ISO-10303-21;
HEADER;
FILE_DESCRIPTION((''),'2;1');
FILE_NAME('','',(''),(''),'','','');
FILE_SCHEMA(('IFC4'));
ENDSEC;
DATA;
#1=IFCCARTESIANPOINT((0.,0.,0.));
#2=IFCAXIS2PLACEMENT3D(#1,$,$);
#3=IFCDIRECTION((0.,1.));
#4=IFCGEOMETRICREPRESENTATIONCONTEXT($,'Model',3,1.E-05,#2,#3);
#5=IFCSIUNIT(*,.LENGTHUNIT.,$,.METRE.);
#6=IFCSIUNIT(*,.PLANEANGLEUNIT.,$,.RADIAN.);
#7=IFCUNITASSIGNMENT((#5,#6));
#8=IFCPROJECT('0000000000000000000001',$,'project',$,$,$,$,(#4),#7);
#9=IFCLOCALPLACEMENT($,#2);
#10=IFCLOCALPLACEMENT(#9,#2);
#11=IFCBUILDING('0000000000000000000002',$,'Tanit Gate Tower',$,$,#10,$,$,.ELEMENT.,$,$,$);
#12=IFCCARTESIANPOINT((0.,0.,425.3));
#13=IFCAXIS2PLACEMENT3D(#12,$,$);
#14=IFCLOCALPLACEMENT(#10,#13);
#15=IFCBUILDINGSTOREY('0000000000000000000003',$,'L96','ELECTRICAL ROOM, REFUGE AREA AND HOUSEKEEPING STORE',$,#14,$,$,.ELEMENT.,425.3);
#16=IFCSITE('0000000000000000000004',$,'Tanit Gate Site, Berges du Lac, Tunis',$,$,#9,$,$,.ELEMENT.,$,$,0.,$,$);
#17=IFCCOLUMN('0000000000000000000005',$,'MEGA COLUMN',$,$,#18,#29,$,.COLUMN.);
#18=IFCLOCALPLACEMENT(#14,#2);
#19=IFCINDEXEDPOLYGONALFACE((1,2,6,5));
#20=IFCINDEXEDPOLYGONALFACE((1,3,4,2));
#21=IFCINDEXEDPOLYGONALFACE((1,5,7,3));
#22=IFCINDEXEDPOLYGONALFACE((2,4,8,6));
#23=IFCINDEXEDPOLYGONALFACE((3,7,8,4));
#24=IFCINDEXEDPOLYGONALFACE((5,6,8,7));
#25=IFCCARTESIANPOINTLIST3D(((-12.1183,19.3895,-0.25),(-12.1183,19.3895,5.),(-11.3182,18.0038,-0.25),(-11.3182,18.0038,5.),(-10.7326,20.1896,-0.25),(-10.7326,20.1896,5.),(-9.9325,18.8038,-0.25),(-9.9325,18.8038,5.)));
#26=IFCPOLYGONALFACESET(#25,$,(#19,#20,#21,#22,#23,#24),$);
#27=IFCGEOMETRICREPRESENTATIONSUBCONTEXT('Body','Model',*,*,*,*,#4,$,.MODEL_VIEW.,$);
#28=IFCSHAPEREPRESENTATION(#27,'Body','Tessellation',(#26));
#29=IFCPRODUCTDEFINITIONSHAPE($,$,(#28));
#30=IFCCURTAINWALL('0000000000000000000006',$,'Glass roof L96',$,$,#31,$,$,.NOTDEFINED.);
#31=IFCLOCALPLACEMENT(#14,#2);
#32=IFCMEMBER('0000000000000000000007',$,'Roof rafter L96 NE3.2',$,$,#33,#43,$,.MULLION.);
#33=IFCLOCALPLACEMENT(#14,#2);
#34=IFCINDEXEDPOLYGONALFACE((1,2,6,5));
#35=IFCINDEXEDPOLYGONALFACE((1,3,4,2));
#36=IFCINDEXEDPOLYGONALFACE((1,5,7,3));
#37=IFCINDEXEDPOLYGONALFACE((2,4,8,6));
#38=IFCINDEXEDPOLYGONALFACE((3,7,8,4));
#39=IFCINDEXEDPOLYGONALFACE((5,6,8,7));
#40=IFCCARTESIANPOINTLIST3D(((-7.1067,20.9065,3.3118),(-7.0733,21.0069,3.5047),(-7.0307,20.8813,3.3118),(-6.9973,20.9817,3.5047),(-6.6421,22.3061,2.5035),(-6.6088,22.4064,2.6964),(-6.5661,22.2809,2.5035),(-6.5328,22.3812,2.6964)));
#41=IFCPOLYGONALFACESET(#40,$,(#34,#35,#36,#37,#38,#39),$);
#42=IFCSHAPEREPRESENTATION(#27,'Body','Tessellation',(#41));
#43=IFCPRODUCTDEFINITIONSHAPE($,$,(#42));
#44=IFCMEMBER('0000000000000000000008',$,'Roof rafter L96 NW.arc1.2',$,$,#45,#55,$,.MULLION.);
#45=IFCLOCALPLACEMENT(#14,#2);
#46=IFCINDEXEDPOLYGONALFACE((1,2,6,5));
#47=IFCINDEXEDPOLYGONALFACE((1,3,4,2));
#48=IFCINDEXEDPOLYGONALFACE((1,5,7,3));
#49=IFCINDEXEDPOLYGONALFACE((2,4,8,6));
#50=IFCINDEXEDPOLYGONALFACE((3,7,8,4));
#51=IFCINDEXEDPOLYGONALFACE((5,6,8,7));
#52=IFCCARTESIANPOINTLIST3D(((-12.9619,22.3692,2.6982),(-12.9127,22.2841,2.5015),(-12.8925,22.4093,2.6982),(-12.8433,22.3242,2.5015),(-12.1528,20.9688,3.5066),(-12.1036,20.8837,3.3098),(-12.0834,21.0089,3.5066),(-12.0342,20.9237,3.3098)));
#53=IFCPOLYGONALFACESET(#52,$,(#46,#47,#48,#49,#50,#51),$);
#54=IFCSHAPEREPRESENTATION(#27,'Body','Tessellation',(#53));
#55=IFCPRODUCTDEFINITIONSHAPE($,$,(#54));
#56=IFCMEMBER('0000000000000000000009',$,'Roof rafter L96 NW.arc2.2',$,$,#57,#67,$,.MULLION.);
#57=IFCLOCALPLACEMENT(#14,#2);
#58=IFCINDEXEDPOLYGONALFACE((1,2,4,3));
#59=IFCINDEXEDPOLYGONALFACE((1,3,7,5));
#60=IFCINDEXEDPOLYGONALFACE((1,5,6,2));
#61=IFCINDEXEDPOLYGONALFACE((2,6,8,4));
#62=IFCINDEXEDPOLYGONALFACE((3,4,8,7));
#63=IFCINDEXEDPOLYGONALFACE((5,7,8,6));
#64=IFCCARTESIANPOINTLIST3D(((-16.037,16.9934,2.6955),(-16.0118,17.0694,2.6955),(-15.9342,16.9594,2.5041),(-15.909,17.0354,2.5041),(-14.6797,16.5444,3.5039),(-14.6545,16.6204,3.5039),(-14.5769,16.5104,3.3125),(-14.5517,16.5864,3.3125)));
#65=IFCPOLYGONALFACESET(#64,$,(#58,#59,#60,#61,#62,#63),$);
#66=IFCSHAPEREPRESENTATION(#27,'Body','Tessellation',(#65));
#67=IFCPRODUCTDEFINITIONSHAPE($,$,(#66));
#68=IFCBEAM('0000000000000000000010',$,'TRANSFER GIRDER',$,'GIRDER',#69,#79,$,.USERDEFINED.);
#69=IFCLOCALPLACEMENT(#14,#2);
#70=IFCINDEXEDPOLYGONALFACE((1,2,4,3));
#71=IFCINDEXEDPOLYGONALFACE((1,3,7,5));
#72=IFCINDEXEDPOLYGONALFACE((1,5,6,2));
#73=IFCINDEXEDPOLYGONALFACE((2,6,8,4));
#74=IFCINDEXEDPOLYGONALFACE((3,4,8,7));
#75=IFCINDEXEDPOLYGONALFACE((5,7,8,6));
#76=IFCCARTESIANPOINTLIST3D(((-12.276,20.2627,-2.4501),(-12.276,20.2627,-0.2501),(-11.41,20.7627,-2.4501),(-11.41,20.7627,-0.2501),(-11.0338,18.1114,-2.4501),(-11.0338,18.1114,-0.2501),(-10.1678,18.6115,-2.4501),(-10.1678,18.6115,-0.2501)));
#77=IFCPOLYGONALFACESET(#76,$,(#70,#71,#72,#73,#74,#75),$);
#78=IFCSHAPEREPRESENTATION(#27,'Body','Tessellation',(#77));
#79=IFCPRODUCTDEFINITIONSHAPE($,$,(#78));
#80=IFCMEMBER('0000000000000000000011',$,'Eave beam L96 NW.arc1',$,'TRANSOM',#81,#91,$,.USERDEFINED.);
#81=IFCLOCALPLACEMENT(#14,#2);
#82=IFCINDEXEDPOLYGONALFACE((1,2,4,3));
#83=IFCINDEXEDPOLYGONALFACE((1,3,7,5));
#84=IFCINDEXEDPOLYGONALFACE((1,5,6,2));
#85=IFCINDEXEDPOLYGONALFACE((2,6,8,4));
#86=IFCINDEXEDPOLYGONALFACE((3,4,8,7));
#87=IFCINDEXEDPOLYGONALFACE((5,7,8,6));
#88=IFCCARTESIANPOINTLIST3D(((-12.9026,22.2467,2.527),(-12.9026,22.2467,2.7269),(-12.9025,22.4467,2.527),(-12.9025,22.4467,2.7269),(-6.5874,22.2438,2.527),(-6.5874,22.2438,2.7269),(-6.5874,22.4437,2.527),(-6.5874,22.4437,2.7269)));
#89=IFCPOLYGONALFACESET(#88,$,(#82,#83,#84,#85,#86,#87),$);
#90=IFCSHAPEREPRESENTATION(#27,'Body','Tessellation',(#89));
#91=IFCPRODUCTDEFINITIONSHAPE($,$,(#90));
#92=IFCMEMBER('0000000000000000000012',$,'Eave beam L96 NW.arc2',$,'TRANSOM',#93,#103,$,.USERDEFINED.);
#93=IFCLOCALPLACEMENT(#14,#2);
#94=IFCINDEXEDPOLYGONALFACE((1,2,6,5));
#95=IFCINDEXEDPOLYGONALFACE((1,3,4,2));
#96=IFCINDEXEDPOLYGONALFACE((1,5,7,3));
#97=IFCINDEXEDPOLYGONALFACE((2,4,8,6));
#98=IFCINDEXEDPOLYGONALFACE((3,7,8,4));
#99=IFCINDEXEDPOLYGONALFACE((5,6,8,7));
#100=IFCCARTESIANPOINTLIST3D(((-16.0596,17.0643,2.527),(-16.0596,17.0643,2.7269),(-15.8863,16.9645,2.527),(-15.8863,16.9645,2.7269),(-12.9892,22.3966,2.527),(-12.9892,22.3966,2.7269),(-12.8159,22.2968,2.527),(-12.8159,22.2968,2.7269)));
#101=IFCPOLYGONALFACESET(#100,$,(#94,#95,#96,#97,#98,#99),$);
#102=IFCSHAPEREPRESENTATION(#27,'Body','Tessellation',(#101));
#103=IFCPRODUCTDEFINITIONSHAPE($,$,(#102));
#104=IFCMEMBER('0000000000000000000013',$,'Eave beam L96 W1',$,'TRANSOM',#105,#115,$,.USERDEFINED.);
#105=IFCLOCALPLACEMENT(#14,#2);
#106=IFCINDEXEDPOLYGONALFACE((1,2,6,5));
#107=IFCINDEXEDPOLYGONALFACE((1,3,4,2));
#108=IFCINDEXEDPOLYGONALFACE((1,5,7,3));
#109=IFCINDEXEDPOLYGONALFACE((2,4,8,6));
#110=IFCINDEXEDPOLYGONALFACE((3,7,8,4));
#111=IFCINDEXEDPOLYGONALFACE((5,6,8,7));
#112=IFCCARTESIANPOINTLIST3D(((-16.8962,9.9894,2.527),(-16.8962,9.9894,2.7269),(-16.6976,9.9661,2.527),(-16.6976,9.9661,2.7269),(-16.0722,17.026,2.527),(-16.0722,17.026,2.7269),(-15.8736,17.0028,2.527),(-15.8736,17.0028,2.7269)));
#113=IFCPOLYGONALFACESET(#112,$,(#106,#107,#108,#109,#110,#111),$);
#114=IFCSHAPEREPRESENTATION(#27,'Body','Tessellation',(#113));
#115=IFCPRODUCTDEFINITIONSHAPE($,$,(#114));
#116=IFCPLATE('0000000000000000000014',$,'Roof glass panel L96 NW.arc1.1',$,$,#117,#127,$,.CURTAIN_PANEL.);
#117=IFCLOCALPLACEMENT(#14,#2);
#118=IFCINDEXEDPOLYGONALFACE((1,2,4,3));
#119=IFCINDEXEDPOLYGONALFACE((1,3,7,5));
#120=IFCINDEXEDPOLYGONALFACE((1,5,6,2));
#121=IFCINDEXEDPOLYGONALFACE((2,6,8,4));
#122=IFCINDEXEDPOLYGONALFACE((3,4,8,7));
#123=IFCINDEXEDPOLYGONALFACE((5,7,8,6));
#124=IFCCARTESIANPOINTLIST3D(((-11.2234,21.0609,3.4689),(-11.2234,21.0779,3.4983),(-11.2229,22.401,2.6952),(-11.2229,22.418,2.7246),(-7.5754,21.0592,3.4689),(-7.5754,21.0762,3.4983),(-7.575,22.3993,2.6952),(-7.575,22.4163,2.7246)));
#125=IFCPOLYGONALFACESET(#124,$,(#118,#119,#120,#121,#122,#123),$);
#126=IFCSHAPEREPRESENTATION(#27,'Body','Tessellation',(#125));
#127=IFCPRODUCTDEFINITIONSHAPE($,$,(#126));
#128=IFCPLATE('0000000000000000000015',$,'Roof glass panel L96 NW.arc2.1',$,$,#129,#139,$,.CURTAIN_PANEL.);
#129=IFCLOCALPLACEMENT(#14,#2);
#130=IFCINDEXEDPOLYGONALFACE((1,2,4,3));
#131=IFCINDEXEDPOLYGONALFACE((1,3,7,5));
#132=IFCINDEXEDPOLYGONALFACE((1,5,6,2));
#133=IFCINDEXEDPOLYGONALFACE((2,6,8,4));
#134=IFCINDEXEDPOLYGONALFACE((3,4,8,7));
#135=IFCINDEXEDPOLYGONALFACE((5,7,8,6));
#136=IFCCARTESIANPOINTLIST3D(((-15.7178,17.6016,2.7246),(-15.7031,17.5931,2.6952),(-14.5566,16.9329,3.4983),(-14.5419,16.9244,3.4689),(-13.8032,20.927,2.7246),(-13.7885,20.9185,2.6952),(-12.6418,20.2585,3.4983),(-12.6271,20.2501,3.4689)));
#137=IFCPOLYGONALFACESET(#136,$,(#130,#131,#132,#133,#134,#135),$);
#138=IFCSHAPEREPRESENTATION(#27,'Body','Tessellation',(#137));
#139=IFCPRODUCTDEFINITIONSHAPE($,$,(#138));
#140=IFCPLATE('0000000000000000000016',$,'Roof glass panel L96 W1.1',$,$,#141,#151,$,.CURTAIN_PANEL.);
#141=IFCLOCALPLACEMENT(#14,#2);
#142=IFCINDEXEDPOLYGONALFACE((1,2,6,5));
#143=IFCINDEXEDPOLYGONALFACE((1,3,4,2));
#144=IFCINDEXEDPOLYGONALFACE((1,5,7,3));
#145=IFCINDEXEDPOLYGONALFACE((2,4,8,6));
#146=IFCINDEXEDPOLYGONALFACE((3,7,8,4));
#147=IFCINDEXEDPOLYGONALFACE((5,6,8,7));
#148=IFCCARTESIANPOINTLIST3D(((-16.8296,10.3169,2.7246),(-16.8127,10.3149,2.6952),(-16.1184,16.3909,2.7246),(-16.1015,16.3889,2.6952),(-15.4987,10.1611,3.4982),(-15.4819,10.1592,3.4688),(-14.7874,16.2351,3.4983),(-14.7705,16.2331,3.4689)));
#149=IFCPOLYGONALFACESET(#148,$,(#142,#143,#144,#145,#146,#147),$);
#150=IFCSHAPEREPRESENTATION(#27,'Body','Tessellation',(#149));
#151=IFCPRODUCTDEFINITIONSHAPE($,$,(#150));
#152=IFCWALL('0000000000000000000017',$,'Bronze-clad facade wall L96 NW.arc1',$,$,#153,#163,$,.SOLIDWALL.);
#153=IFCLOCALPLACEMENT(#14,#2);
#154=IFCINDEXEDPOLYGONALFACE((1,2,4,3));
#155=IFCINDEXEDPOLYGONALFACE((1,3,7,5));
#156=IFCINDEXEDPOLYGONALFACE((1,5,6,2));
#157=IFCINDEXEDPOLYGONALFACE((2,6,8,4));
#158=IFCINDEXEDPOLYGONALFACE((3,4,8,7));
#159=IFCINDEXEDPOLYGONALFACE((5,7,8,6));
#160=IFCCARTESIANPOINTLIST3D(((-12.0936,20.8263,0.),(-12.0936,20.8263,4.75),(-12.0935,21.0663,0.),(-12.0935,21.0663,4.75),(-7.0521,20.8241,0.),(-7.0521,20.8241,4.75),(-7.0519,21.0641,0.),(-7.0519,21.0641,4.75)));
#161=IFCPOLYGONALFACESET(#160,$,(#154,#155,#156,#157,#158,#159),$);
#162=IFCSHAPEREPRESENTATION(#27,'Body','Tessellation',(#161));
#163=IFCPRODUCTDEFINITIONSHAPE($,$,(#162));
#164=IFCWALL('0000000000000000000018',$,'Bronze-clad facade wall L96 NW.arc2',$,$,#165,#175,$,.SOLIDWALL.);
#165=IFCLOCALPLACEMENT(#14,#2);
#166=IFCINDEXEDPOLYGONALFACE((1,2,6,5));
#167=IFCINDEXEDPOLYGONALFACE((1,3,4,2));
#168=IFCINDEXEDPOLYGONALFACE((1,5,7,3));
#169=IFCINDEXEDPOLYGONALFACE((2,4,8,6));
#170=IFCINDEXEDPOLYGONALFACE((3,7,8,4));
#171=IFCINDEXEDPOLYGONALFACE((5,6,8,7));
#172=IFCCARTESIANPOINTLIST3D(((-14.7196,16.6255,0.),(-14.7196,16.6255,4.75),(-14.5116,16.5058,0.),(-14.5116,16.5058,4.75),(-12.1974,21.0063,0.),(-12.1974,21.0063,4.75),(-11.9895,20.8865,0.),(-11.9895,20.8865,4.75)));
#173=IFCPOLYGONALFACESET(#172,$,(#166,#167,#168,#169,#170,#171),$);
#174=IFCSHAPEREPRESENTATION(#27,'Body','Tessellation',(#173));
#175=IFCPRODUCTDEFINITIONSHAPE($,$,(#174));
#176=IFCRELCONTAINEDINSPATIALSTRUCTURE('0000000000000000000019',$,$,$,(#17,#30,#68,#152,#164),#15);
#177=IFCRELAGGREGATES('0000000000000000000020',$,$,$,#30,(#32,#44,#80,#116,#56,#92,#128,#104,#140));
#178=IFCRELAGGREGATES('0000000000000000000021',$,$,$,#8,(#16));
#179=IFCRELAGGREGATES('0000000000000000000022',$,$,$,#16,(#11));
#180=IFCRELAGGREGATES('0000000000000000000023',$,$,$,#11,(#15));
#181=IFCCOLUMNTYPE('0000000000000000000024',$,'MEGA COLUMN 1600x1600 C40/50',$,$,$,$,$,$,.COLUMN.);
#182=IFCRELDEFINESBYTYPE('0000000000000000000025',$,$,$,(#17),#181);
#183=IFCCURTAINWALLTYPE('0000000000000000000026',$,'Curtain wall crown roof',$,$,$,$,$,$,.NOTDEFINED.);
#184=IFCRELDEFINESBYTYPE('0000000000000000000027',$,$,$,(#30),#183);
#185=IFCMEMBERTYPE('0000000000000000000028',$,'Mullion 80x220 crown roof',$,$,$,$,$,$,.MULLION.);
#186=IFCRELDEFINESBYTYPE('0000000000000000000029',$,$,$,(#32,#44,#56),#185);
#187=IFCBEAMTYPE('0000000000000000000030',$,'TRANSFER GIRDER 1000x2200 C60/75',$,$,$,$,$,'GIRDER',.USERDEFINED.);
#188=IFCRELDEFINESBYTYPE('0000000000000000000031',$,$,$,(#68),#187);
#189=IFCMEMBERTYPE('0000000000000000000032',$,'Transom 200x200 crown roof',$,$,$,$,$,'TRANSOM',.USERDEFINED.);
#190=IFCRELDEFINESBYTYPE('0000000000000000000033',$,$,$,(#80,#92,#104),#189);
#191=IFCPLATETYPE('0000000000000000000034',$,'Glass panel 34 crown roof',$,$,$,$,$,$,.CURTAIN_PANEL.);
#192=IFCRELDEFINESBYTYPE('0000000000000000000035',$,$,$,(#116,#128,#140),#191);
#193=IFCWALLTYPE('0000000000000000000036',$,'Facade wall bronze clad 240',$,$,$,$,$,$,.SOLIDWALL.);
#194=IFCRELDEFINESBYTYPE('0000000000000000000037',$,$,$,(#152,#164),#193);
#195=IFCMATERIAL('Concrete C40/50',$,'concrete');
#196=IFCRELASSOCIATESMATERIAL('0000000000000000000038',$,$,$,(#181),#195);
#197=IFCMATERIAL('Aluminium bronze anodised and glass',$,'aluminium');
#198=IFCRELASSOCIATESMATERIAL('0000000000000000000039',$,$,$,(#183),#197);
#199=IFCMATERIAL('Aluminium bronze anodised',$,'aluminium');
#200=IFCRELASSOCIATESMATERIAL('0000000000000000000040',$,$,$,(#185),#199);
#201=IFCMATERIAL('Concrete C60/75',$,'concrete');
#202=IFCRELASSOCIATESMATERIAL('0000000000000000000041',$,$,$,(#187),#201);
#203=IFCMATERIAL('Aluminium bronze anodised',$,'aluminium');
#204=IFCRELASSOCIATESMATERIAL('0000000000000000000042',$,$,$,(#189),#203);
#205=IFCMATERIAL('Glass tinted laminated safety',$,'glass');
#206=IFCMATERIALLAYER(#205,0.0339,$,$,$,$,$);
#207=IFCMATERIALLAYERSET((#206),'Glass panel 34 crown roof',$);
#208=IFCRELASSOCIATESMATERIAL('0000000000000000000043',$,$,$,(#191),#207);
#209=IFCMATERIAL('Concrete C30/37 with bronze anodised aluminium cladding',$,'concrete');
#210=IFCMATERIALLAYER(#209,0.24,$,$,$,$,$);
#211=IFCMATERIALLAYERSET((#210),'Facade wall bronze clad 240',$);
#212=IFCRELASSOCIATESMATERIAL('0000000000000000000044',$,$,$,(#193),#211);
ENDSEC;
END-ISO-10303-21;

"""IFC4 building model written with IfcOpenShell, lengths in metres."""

from ifc_helpers import new_model, si_unit, direction, frame, frame_2d, origin, origin_2d, place, context, subcontext, project, spatial, polyline, rectangle, outline, extrude, material, layer, layer_set, material_profile, profile_set, type_object, element, aggregate, save


model = new_model("IFC4")

# Units and contexts
model_context = context("Model", 3, precision=1e-05, world=origin(), true_north=direction((0.0, 1.0)))
body_context = subcontext(model_context, "Body", "Model", "MODEL_VIEW")
ifc_project = project(units=[si_unit("LENGTHUNIT", "METRE"), si_unit("PLANEANGLEUNIT", "RADIAN")], contexts=[model_context])

# Site, building, storey
site_placement = place(None, origin())
site = spatial("IfcSite", under=ifc_project, at=site_placement, Name="Tanit Gate Site, Berges du Lac, Tunis", CompositionType="ELEMENT", RefElevation=0.0)
building_placement = place(site_placement, origin())
building = spatial("IfcBuilding", under=site, at=building_placement, Name="Tanit Gate Tower", CompositionType="ELEMENT")
storey_placement = place(building_placement, frame((0.0, 0.0, 425.3)))
storey = spatial("IfcBuildingStorey", under=building, at=storey_placement, Name="L96", Description="ELECTRICAL ROOM, REFUGE AREA AND HOUSEKEEPING STORE", CompositionType="ELEMENT", Elevation=425.3)

# Column
ifc_material_1 = material(Name="Concrete C40/50", Category="concrete")
ifc_material_profile_1 = material_profile(ifc_material_1, rectangle(XDim=1.6001, YDim=1.6001, at=origin_2d()), Name="RC 1600x1600")
ifc_profile_set_1 = profile_set([ifc_material_profile_1], Name="Concrete C40/50")
column_type = type_object("IfcColumnType", Name="MEGA COLUMN 1600x1600 C40/50", PredefinedType="COLUMN", material=ifc_profile_set_1)
column_placement = place(storey_placement, frame((-11.0254, 19.0967, -0.25), z_axis=(0.0, 0.0, 1.0), x_axis=(-0.5, 0.866025, 0.0)))
element("IfcColumn", 1, at=column_placement, inside=storey, type_object=column_type, Name="MEGA COLUMN", PredefinedType="COLUMN", context=body_context, shape_type="SweptSolid", body=[
    extrude(rectangle(XDim=1.6001, YDim=1.6001, at=origin_2d()), origin(), (0.0, 0.0, 1.0), 5.25),
])

# Curtain wall, members
ifc_material_2 = material(Name="Aluminium bronze anodised and glass", Category="aluminium")
curtain_wall_type = type_object("IfcCurtainWallType", Name="Curtain wall crown roof", PredefinedType="NOTDEFINED", material=ifc_material_2)
curtain_wall_placement = place(storey_placement, origin())
curtain_wall = element("IfcCurtainWall", 2, at=curtain_wall_placement, inside=storey, type_object=curtain_wall_type, Name="Glass roof L96", PredefinedType="NOTDEFINED")
ifc_material_3 = material(Name="Aluminium bronze anodised", Category="aluminium")
ifc_material_profile_2 = material_profile(ifc_material_3, rectangle(XDim=0.0801, YDim=0.22, at=origin_2d()), Name="80x220 bronze rafter")
ifc_profile_set_2 = profile_set([ifc_material_profile_2], Name="Aluminium bronze anodised")
member_type_1 = type_object("IfcMemberType", Name="Mullion 80x220 crown roof", PredefinedType="MULLION", material=ifc_profile_set_2)
member_1_placement = place(storey_placement, frame((-7.052, 20.9441, 3.4082), z_axis=(0.276258, 0.832257, -0.480656), x_axis=(-0.94908, 0.315036, 0.0)))
member_1 = element("IfcMember", 3, at=member_1_placement, type_object=member_type_1, Name="Roof rafter L96 NE3.2", PredefinedType="MULLION", context=body_context, shape_type="SweptSolid", body=[
    extrude(rectangle(XDim=0.0801, YDim=0.22, at=origin_2d()), origin(), (0.0, 0.0, 1.0), 1.6816),
])
member_2_placement = place(storey_placement, frame((-12.0935, 20.9463, 3.4082), z_axis=(-0.447482, 0.77452, -0.447077), x_axis=(-0.865874, -0.500263, 0.0)))
member_2 = element("IfcMember", 4, at=member_2_placement, type_object=member_type_1, Name="Roof rafter L96 NW.arc1.2", PredefinedType="MULLION", context=body_context, shape_type="SweptSolid", body=[
    extrude(rectangle(XDim=0.0801, YDim=0.22, at=origin_2d()), origin(), (0.0, 0.0, 1.0), 1.8081),
])
member_3_placement = place(storey_placement, frame((-14.6157, 16.5654, 3.4082), z_axis=(-0.826421, 0.273392, -0.492225), x_axis=(-0.314075, -0.949398, 0.0)))
member_3 = element("IfcMember", 5, at=member_3_placement, type_object=member_type_1, Name="Roof rafter L96 NW.arc2.2", PredefinedType="MULLION", context=body_context, shape_type="SweptSolid", body=[
    extrude(rectangle(XDim=0.0801, YDim=0.22, at=origin_2d()), origin(), (0.0, 0.0, 1.0), 1.6423),
])

# Beam
ifc_material_4 = material(Name="Concrete C60/75", Category="concrete")
ifc_material_profile_3 = material_profile(ifc_material_4, rectangle(XDim=1.0, YDim=2.2, at=origin_2d()), Name="RC 1000x2200")
ifc_profile_set_3 = profile_set([ifc_material_profile_3], Name="Concrete C60/75")
beam_type = type_object("IfcBeamType", Name="TRANSFER GIRDER 1000x2200 C60/75", ElementType="GIRDER", PredefinedType="USERDEFINED", material=ifc_profile_set_3)
beam_placement = place(storey_placement, frame((-11.843, 20.5127, -1.3501), z_axis=(0.500071, -0.865984, 0.0), x_axis=(0.865984, 0.500071, 0.0)))
element("IfcBeam", 6, at=beam_placement, inside=storey, type_object=beam_type, Name="TRANSFER GIRDER", ObjectType="GIRDER", PredefinedType="USERDEFINED", context=body_context, shape_type="SweptSolid", body=[
    extrude(rectangle(XDim=1.0, YDim=2.2, at=origin_2d()), origin(), (0.0, 0.0, 1.0), 2.4841),
])

# Members
ifc_material_5 = material(Name="Aluminium bronze anodised", Category="aluminium")
ifc_material_profile_4 = material_profile(ifc_material_5, rectangle(XDim=0.2, YDim=0.2, at=origin_2d()), Name="200x200 bronze transom")
ifc_profile_set_4 = profile_set([ifc_material_profile_4], Name="Aluminium bronze anodised")
member_type_2 = type_object("IfcMemberType", Name="Transom 200x200 crown roof", ElementType="TRANSOM", PredefinedType="USERDEFINED", material=ifc_profile_set_4)
member_4_placement = place(storey_placement, frame((-6.5874, 22.3438, 2.627), z_axis=(-1.0, 0.000464, 0.0), x_axis=(-0.000464, -1.0, 0.0)))
member_4 = element("IfcMember", 7, at=member_4_placement, type_object=member_type_2, Name="Eave beam L96 NW.arc1", ObjectType="TRANSOM", PredefinedType="USERDEFINED", context=body_context, shape_type="SweptSolid", body=[
    extrude(rectangle(XDim=0.2, YDim=0.2, at=origin_2d()), origin(), (0.0, 0.0, 1.0), 6.3152),
])
member_5_placement = place(storey_placement, frame((-12.9026, 22.3467, 2.627), z_axis=(-0.498991, -0.866607, 0.0), x_axis=(0.866607, -0.498991, 0.0)))
member_5 = element("IfcMember", 8, at=member_5_placement, type_object=member_type_2, Name="Eave beam L96 NW.arc2", ObjectType="TRANSOM", PredefinedType="USERDEFINED", context=body_context, shape_type="SweptSolid", body=[
    extrude(rectangle(XDim=0.2, YDim=0.2, at=origin_2d()), origin(), (0.0, 0.0, 1.0), 6.1531),
])
member_6_placement = place(storey_placement, frame((-15.9729, 17.0144, 2.627), z_axis=(-0.116303, -0.993214, 0.0), x_axis=(0.993214, -0.116303, 0.0)))
member_6 = element("IfcMember", 9, at=member_6_placement, type_object=member_type_2, Name="Eave beam L96 W1", ObjectType="TRANSOM", PredefinedType="USERDEFINED", context=body_context, shape_type="SweptSolid", body=[
    extrude(rectangle(XDim=0.2, YDim=0.2, at=origin_2d()), origin(), (0.0, 0.0, 1.0), 7.0847),
])

# Plates
ifc_material_6 = material(Name="Glass tinted laminated safety", Category="glass")
ifc_layer_1 = layer(ifc_material_6, 0.0339)
ifc_layer_set_1 = layer_set([ifc_layer_1], Name="Glass panel 34 crown roof")
plate_type = type_object("IfcPlateType", Name="Glass panel 34 crown roof", PredefinedType="CURTAIN_PANEL", material=ifc_layer_set_1)
plate_1_placement = place(storey_placement, frame((-7.5754, 21.0762, 3.4983), z_axis=(0.000234, 0.499991, 0.866031), x_axis=(-1.0, 0.000468, 0.0)))
plate_1 = element("IfcPlate", 10, at=plate_1_placement, type_object=plate_type, Name="Roof glass panel L96 NW.arc1.1", PredefinedType="CURTAIN_PANEL", context=body_context, shape_type="SweptSolid", body=[
    extrude(outline(polyline([(0.0, 0.0), (3.6479, 0.0), (3.6481, -1.5474), (0.0001, -1.5474), (0.0, 0.0)])), origin(), (0.0, 0.0, -1.0), 0.0339),
])
plate_2_placement = place(storey_placement, frame((-12.6418, 20.2585, 3.4983), z_axis=(-0.433335, 0.24949, 0.866011), x_axis=(-0.498963, -0.866623, -0.000005)))
plate_2 = element("IfcPlate", 11, at=plate_2_placement, type_object=plate_type, Name="Roof glass panel L96 NW.arc2.1", PredefinedType="CURTAIN_PANEL", context=body_context, shape_type="SweptSolid", body=[
    extrude(outline(polyline([(0.0, 0.0), (3.8375, 0.0), (3.8374, -1.5472), (0.0002, -1.5473), (0.0, 0.0)])), origin(), (0.0, 0.0, -1.0), 0.0339),
])
plate_3_placement = place(storey_placement, frame((-14.7874, 16.2351, 3.4983), z_axis=(-0.496617, 0.058157, 0.866019), x_axis=(-0.116327, -0.993211, -0.000009)))
plate_3 = element("IfcPlate", 12, at=plate_3_placement, type_object=plate_type, Name="Roof glass panel L96 W1.1", PredefinedType="CURTAIN_PANEL", context=body_context, shape_type="SweptSolid", body=[
    extrude(outline(polyline([(0.0, 0.0), (6.1155, 0.0), (6.1156, -1.5472), (0.0001, -1.5474), (0.0, 0.0)])), origin(), (0.0, 0.0, -1.0), 0.0339),
])
aggregate(curtain_wall, [member_1, member_2, member_4, plate_1, member_3, member_5, plate_2, member_6, plate_3])

# Walls
ifc_material_7 = material(Name="Concrete C30/37 with bronze anodised aluminium cladding", Category="concrete")
ifc_layer_2 = layer(ifc_material_7, 0.24)
ifc_layer_set_2 = layer_set([ifc_layer_2], Name="Facade wall bronze clad 240")
wall_type_1 = type_object("IfcWallType", Name="Facade wall bronze clad 240", PredefinedType="SOLIDWALL", material=ifc_layer_set_2)
wall_1_placement = place(storey_placement, frame((-7.052, 20.9441, 0.0), z_axis=(0.0, 0.0, 1.0), x_axis=(-1.0, 0.000436, 0.0)))
element("IfcWall", 13, at=wall_1_placement, inside=storey, type_object=wall_type_1, Name="Bronze-clad facade wall L96 NW.arc1", PredefinedType="SOLIDWALL", context=body_context, shape_type="SweptSolid", body=[
    extrude(rectangle(XDim=5.0415, YDim=0.24, at=frame_2d((2.5208, 0.0))), origin(), (0.0, 0.0, 1.0), 4.75),
])
wall_2_placement = place(storey_placement, frame((-12.0935, 20.9463, 0.0), z_axis=(0.0, 0.0, 1.0), x_axis=(-0.49895, -0.866631, 0.0)))
element("IfcWall", 14, at=wall_2_placement, inside=storey, type_object=wall_type_1, Name="Bronze-clad facade wall L96 NW.arc2", PredefinedType="SOLIDWALL", context=body_context, shape_type="SweptSolid", body=[
    extrude(rectangle(XDim=5.0549, YDim=0.24, at=frame_2d((2.5273, 0.0))), origin(), (0.0, 0.0, 1.0), 4.75),
])

save(model, "model.ifc")
